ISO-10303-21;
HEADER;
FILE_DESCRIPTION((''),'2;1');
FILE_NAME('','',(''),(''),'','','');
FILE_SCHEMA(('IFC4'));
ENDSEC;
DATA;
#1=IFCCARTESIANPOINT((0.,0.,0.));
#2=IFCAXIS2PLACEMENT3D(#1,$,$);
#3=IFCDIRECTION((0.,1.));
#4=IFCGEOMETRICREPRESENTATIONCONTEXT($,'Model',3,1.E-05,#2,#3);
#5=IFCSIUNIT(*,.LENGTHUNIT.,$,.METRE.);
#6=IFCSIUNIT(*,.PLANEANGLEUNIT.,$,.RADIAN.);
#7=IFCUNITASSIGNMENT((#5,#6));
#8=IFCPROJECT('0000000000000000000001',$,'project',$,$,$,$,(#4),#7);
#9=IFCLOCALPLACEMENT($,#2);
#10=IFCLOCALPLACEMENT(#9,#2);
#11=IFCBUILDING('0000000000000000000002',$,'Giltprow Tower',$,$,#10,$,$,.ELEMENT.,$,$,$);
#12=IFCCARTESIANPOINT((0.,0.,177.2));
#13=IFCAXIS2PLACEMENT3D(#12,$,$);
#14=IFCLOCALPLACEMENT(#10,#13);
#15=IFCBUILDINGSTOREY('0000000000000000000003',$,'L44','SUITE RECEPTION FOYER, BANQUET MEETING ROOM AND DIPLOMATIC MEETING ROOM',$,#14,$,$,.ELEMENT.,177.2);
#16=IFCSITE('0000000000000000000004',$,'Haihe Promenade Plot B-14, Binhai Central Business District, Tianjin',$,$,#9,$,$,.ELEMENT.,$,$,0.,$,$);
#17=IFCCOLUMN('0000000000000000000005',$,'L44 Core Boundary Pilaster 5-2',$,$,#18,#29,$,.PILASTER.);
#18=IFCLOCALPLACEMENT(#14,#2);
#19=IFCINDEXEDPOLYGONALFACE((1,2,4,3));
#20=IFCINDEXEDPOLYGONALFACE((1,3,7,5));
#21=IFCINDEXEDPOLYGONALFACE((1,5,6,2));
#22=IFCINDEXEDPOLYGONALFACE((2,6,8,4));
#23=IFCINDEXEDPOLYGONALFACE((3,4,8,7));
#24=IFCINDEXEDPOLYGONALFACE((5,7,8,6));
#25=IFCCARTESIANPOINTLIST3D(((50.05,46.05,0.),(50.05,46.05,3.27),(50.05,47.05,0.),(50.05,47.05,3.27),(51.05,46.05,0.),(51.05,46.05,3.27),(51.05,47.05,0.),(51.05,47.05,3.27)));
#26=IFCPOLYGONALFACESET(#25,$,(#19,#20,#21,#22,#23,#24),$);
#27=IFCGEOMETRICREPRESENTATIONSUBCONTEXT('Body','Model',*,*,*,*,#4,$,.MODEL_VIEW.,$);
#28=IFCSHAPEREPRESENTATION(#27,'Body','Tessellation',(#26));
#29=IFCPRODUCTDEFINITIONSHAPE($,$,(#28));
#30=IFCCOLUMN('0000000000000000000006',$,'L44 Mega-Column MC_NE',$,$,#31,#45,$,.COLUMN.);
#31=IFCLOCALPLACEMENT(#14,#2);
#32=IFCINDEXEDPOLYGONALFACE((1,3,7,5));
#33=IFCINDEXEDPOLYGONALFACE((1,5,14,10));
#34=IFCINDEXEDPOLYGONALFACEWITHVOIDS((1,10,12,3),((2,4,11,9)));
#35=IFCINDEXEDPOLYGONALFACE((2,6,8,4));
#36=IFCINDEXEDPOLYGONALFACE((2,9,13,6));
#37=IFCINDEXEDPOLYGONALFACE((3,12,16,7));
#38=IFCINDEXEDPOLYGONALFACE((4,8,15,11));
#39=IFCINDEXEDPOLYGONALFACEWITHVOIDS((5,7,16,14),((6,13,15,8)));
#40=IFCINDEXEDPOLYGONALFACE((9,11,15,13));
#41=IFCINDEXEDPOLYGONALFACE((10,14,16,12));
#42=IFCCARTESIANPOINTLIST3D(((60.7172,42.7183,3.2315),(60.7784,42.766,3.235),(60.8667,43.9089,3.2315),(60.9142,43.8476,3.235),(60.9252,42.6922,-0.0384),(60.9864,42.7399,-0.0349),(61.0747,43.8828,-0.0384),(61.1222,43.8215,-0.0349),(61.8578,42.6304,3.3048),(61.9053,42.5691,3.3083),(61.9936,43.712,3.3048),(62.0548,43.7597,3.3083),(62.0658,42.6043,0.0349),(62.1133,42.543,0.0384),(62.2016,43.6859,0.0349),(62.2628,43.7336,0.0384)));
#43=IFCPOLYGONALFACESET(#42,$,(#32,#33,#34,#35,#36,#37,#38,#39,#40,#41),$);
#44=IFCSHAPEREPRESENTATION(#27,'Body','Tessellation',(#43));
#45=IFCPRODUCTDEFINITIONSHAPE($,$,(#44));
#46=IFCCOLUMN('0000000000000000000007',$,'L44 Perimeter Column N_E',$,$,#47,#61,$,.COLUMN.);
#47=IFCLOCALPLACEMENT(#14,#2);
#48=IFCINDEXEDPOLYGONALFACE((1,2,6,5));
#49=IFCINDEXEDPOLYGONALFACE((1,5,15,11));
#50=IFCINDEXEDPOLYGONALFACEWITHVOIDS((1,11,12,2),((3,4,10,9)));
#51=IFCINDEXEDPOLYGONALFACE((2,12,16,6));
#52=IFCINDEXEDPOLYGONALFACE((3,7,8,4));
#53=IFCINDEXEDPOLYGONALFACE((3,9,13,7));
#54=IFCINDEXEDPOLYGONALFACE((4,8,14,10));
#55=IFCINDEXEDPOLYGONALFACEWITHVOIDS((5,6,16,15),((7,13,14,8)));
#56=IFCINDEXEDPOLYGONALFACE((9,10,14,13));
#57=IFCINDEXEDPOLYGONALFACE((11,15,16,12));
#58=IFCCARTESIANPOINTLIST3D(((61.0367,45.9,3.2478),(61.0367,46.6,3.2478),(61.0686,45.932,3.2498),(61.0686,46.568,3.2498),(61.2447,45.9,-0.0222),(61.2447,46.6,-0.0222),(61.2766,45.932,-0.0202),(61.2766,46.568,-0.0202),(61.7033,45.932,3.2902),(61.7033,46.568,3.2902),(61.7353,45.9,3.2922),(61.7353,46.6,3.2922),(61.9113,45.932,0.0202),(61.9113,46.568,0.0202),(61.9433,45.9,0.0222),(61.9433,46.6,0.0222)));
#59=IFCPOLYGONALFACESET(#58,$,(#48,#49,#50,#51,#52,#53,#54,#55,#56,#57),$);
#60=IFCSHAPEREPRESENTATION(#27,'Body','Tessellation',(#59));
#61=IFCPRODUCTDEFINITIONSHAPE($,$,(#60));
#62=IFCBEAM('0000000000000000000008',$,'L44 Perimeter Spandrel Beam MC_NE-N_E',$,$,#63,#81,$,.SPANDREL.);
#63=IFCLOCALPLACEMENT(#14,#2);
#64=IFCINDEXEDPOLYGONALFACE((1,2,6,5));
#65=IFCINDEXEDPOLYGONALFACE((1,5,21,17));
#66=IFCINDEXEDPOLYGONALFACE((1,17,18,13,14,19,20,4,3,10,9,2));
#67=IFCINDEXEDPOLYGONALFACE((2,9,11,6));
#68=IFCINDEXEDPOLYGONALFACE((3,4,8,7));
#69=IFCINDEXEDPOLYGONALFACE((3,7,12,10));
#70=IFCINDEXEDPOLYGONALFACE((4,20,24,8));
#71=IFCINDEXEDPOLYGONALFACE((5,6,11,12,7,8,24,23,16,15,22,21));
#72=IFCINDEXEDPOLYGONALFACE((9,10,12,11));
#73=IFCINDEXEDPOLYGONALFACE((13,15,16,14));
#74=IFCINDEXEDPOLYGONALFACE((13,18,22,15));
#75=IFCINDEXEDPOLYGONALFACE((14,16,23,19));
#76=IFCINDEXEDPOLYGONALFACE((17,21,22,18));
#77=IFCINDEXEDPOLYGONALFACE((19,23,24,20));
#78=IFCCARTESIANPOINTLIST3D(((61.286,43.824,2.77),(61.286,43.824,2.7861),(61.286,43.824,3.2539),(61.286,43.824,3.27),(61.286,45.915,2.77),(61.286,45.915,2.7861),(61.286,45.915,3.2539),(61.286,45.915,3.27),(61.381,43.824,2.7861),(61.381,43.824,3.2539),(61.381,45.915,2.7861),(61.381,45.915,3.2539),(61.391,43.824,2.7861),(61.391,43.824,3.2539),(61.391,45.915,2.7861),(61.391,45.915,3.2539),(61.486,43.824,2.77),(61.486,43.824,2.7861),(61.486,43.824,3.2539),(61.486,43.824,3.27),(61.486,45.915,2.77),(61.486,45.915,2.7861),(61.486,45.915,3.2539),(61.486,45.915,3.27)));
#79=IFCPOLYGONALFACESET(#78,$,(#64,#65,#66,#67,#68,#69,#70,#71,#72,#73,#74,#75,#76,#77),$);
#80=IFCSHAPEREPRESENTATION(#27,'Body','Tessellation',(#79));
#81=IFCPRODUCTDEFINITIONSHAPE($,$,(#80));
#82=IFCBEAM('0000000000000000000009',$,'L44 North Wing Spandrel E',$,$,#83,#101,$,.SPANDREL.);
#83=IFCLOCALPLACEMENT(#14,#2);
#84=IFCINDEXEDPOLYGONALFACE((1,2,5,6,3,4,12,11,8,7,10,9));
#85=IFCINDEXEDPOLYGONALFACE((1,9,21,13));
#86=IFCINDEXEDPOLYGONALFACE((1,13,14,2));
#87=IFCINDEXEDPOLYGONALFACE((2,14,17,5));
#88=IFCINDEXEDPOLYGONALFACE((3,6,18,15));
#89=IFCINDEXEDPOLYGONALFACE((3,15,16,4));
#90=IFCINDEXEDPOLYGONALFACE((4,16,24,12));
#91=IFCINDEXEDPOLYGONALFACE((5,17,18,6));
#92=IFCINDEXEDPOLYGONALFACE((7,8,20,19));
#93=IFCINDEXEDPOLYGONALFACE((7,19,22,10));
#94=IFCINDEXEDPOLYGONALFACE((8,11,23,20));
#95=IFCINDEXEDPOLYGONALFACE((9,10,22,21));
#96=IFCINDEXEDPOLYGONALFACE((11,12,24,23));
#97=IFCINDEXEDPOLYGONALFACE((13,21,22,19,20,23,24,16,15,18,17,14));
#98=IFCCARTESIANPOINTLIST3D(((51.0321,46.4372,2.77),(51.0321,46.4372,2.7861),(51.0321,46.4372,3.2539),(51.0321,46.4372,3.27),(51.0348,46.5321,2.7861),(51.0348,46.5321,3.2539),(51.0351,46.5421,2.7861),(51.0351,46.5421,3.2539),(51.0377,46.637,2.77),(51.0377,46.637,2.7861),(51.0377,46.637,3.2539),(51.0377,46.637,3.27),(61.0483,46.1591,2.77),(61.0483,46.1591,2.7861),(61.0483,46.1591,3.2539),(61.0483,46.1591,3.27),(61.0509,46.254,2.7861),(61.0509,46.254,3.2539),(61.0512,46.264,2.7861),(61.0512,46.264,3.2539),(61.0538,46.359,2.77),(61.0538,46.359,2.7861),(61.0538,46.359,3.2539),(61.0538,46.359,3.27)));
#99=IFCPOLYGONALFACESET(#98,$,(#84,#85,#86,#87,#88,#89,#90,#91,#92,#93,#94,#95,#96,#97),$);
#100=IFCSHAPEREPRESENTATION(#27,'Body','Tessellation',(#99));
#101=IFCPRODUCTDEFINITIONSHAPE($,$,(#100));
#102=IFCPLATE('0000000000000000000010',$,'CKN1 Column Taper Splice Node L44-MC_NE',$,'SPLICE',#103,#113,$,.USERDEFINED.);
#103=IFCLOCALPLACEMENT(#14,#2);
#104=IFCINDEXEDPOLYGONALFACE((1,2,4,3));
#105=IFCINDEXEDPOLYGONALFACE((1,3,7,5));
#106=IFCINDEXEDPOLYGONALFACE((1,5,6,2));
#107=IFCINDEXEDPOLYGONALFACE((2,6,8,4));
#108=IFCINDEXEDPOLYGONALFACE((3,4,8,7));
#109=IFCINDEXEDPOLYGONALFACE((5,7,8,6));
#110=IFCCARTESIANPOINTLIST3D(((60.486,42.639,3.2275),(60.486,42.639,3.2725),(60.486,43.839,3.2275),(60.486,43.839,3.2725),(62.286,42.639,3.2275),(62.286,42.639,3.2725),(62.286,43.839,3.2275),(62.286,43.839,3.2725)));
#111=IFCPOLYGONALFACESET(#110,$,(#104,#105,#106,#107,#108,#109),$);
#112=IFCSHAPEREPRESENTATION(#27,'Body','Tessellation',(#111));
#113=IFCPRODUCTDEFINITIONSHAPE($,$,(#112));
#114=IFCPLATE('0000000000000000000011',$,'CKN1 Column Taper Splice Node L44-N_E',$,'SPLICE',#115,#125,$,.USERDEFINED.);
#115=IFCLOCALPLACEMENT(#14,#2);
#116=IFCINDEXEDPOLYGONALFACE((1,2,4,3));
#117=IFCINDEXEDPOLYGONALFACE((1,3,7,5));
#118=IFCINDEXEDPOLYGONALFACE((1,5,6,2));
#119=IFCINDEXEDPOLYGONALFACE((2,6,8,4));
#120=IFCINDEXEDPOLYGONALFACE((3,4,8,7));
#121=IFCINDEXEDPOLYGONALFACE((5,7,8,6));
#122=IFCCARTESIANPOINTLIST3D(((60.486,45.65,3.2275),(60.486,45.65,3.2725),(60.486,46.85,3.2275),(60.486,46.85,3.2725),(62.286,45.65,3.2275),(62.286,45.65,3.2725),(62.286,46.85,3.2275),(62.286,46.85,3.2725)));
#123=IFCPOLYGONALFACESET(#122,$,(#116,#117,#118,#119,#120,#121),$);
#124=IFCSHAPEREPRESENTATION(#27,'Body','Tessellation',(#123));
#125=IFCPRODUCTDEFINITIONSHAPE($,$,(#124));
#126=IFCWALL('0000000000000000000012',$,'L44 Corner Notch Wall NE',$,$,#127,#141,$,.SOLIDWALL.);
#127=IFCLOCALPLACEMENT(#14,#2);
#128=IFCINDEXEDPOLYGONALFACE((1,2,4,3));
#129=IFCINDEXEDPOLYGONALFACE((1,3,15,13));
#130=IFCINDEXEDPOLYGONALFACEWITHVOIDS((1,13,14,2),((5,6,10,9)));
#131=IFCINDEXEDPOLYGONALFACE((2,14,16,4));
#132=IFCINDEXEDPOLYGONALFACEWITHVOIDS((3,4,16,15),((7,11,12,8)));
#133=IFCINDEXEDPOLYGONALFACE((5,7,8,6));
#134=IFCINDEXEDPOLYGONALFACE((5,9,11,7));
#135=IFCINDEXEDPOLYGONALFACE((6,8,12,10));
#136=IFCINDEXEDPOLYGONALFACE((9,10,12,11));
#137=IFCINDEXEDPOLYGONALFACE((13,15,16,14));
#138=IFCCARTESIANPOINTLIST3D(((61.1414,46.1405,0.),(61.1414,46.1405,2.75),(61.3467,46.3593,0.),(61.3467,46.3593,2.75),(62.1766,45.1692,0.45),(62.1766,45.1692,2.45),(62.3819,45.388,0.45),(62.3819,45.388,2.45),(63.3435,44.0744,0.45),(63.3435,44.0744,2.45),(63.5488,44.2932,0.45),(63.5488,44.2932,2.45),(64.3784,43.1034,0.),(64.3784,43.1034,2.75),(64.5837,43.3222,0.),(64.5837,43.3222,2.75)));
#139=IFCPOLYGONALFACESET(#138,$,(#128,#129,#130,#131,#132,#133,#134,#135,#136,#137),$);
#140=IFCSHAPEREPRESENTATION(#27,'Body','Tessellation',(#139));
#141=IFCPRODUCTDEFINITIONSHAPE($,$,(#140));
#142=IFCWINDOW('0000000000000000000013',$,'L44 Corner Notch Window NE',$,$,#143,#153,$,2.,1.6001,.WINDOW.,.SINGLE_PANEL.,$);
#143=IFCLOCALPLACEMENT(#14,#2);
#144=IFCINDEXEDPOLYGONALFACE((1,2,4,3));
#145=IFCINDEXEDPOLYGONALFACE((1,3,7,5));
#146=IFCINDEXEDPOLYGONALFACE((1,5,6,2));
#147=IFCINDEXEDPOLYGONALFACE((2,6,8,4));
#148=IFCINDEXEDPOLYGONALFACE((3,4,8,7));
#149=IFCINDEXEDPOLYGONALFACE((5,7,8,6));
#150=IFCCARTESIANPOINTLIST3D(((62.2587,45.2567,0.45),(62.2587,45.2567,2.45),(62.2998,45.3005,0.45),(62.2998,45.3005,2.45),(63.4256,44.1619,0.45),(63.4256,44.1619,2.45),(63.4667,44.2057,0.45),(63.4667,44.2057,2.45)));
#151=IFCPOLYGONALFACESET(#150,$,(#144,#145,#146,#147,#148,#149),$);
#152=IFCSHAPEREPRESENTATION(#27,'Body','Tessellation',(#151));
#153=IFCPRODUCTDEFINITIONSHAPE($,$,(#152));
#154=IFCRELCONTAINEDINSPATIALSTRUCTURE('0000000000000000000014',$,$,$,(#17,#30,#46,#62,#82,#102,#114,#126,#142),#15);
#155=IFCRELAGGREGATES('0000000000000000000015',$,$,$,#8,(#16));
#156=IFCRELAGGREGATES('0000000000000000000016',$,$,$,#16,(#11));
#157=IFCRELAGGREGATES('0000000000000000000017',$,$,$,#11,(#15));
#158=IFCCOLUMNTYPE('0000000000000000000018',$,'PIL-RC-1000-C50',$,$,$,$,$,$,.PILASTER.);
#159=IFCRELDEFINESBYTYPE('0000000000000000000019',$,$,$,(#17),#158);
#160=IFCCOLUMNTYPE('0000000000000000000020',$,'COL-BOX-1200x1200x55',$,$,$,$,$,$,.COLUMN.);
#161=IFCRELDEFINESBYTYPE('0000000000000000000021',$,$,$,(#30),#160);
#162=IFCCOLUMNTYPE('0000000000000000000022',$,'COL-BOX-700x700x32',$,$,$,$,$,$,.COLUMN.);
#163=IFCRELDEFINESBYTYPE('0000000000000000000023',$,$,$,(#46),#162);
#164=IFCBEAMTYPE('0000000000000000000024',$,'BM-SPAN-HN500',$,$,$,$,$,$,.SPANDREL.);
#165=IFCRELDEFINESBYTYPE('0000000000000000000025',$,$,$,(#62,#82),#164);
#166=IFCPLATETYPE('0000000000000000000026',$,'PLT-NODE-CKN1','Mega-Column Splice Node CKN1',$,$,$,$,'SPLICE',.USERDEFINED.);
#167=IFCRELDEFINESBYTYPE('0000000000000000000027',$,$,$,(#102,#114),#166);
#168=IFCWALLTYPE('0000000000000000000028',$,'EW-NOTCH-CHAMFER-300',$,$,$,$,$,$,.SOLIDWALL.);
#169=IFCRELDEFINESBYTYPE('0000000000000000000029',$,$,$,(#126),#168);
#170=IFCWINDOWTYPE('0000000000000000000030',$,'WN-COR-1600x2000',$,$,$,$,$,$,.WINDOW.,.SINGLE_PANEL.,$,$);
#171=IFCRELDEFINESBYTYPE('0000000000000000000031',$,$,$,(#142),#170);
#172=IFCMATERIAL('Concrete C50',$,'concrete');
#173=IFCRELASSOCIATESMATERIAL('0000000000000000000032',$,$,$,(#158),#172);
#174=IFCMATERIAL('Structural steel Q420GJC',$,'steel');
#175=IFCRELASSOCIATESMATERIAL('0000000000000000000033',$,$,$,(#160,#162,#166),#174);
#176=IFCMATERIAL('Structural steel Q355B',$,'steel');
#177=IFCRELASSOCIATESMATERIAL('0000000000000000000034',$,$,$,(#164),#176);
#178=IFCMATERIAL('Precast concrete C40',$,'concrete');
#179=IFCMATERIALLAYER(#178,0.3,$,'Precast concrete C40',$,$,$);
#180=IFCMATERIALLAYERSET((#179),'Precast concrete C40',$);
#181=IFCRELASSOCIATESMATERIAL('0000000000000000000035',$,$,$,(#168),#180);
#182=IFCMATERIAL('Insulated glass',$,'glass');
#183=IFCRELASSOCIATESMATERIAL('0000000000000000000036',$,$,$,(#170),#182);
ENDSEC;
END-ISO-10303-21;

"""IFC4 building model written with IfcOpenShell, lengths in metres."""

from ifc_helpers import new_model, si_unit, direction, frame, frame_2d, origin, origin_2d, place, context, subcontext, project, spatial, rectangle, hollow_rectangle, i_section, extrude, source, transform, mapped, material, layer, layer_set, material_profile, profile_set, type_object, element, fill, save


model = new_model("IFC4")

# Units and contexts
model_context = context("Model", 3, precision=1e-05, world=origin(), true_north=direction((0.0, 1.0)))
body_context = subcontext(model_context, "Body", "Model", "MODEL_VIEW")
ifc_project = project(units=[si_unit("LENGTHUNIT", "METRE"), si_unit("PLANEANGLEUNIT", "RADIAN")], contexts=[model_context])

# Site, building, storey
site_placement = place(None, origin())
site = spatial("IfcSite", under=ifc_project, at=site_placement, Name="Haihe Promenade Plot B-14, Binhai Central Business District, Tianjin", CompositionType="ELEMENT", RefElevation=0.0)
building_placement = place(site_placement, origin())
building = spatial("IfcBuilding", under=site, at=building_placement, Name="Giltprow Tower", CompositionType="ELEMENT")
storey_placement = place(building_placement, frame((0.0, 0.0, 177.2)))
storey = spatial("IfcBuildingStorey", under=building, at=storey_placement, Name="L44", Description="SUITE RECEPTION FOYER, BANQUET MEETING ROOM AND DIPLOMATIC MEETING ROOM", CompositionType="ELEMENT", Elevation=177.2)

# Columns
ifc_material_1 = material(Name="Concrete C50", Category="concrete")
ifc_material_profile_1 = material_profile(ifc_material_1, rectangle(XDim=1.0, YDim=1.0, at=origin_2d()), Name="RC 1000x1000")
ifc_profile_set_1 = profile_set([ifc_material_profile_1], Name="Concrete C50")
column_type_1 = type_object("IfcColumnType", Name="PIL-RC-1000-C50", PredefinedType="PILASTER", material=ifc_profile_set_1)
shared_shape_1 = source(origin(), body_context, "Body", "SweptSolid", [
    extrude(rectangle(XDim=1.0, YDim=1.0, at=origin_2d()), origin(), (0.0, 0.0, 1.0), 3.27),
])
column_1_placement = place(storey_placement, frame((50.55, 46.55, 0.0), z_axis=(0.0, 0.0, 1.0), x_axis=(1.0, 0.0, 0.0)))
element("IfcColumn", 1, at=column_1_placement, inside=storey, type_object=column_type_1, Name="L44 Core Boundary Pilaster 5-2", PredefinedType="PILASTER", context=body_context, shape_type="MappedRepresentation", body=[
    mapped(shared_shape_1, transform((0.0, 0.0, 0.0), x_axis=(1.0, 0.0, 0.0), y_axis=(0.0, 1.0, 0.0), z_axis=(0.0, 0.0, 1.0), scale=1.0)),
])
ifc_material_2 = material(Name="Structural steel Q420GJC", Category="steel")
ifc_material_profile_2 = material_profile(ifc_material_2, hollow_rectangle(XDim=1.2, YDim=1.2, WallThickness=0.0549, at=origin_2d()), Name="BOX 1200x1200x55")
ifc_profile_set_2 = profile_set([ifc_material_profile_2], Name="Structural steel Q420GJC")
column_type_2 = type_object("IfcColumnType", Name="COL-BOX-1200x1200x55", PredefinedType="COLUMN", material=ifc_profile_set_2)
shared_shape_2 = source(origin(), body_context, "Body", "SweptSolid", [
    extrude(hollow_rectangle(XDim=1.2, YDim=1.2, WallThickness=0.0549, at=origin_2d()), origin(), (0.0, 0.0, 1.0), 3.2766),
])
column_2_placement = place(storey_placement, frame((61.594, 43.2129, 0.0), z_axis=(-0.06348, 0.007972, 0.997951), x_axis=(-0.124608, -0.992206, 0.0)))
element("IfcColumn", 2, at=column_2_placement, inside=storey, type_object=column_type_2, Name="L44 Mega-Column MC_NE", PredefinedType="COLUMN", context=body_context, shape_type="MappedRepresentation", body=[
    mapped(shared_shape_2, transform((0.0, 0.0, 0.0), x_axis=(1.0, 0.0, 0.0), y_axis=(0.0, 1.0, 0.0), z_axis=(0.0, 0.0, 1.0), scale=1.0)),
])
ifc_material_profile_3 = material_profile(ifc_material_2, hollow_rectangle(XDim=0.7, YDim=0.7, WallThickness=0.032, at=origin_2d()), Name="BOX 700x700x32")
ifc_profile_set_3 = profile_set([ifc_material_profile_3], Name="Structural steel Q420GJC")
column_type_3 = type_object("IfcColumnType", Name="COL-BOX-700x700x32", PredefinedType="COLUMN", material=ifc_profile_set_3)
shared_shape_3 = source(origin(), body_context, "Body", "SweptSolid", [
    extrude(hollow_rectangle(XDim=0.7, YDim=0.7, WallThickness=0.032, at=origin_2d()), origin(), (0.0, 0.0, 1.0), 3.2766),
])
column_3_placement = place(storey_placement, frame((61.594, 46.25, 0.0), z_axis=(-0.063482, 0.0, 0.997983), x_axis=(0.0, -1.0, 0.0)))
element("IfcColumn", 3, at=column_3_placement, inside=storey, type_object=column_type_3, Name="L44 Perimeter Column N_E", PredefinedType="COLUMN", context=body_context, shape_type="MappedRepresentation", body=[
    mapped(shared_shape_3, transform((0.0, 0.0, 0.0), x_axis=(1.0, 0.0, 0.0), y_axis=(0.0, 1.0, 0.0), z_axis=(0.0, 0.0, 1.0), scale=1.0)),
])

# Beams
ifc_material_3 = material(Name="Structural steel Q355B", Category="steel")
ifc_material_profile_4 = material_profile(ifc_material_3, i_section(OverallWidth=0.2, OverallDepth=0.5, WebThickness=0.01, FlangeThickness=0.0161, at=origin_2d()), Name="HN 500x200x10x16")
ifc_profile_set_4 = profile_set([ifc_material_profile_4], Name="Structural steel Q355B")
beam_type = type_object("IfcBeamType", Name="BM-SPAN-HN500", PredefinedType="SPANDREL", material=ifc_profile_set_4)
shared_shape_4 = source(origin(), body_context, "Body", "SweptSolid", [
    extrude(i_section(OverallWidth=0.2, OverallDepth=0.5, WebThickness=0.01, FlangeThickness=0.0161, at=origin_2d()), origin(), (0.0, 0.0, 1.0), 2.0911),
])
beam_1_placement = place(storey_placement, frame((61.386, 43.824, 3.02), z_axis=(0.0, 1.0, 0.0), x_axis=(-1.0, 0.0, 0.0)))
element("IfcBeam", 4, at=beam_1_placement, inside=storey, type_object=beam_type, Name="L44 Perimeter Spandrel Beam MC_NE-N_E", PredefinedType="SPANDREL", context=body_context, shape_type="MappedRepresentation", body=[
    mapped(shared_shape_4, transform((0.0, 0.0, 0.0), x_axis=(1.0, 0.0, 0.0), y_axis=(0.0, 1.0, 0.0), z_axis=(0.0, 0.0, 1.0), scale=1.0)),
])
shared_shape_5 = source(origin(), body_context, "Body", "SweptSolid", [
    extrude(i_section(OverallWidth=0.2, OverallDepth=0.5, WebThickness=0.01, FlangeThickness=0.0161, at=origin_2d()), origin(), (0.0, 0.0, 1.0), 10.02),
])
beam_2_placement = place(storey_placement, frame((51.0349, 46.5371, 3.02), z_axis=(0.999615, -0.027752, 0.0), x_axis=(0.027752, 0.999615, 0.0)))
element("IfcBeam", 5, at=beam_2_placement, inside=storey, type_object=beam_type, Name="L44 North Wing Spandrel E", PredefinedType="SPANDREL", context=body_context, shape_type="MappedRepresentation", body=[
    mapped(shared_shape_5, transform((0.0, 0.0, 0.0), x_axis=(1.0, 0.0, 0.0), y_axis=(0.0, 1.0, 0.0), z_axis=(0.0, 0.0, 1.0), scale=1.0)),
])

# Plates
plate_type = type_object("IfcPlateType", Name="PLT-NODE-CKN1", Description="Mega-Column Splice Node CKN1", ElementType="SPLICE", PredefinedType="USERDEFINED", material=ifc_material_2)
shared_shape_6 = source(origin(), body_context, "Body", "SweptSolid", [
    extrude(rectangle(XDim=1.8, YDim=1.2, at=origin_2d()), origin(), (0.0, 0.0, 1.0), 0.0449),
])
for number, where, z_axis, x_axis, name in (
    (6, (61.386, 43.239, 3.2275), (0.0, 0.0, 1.0), (1.0, 0.0, 0.0), "CKN1 Column Taper Splice Node L44-MC_NE"),
    (7, (61.386, 46.25, 3.2275), (0.0, 0.0, 1.0), (1.0, 0.0, 0.0), "CKN1 Column Taper Splice Node L44-N_E"),
):
    element("IfcPlate", number, at=place(storey_placement, frame(where, z_axis=z_axis, x_axis=x_axis)), inside=storey, type_object=plate_type, Name=name, ObjectType="SPLICE", PredefinedType="USERDEFINED", context=body_context, shape_type="MappedRepresentation", body=[
        mapped(shared_shape_6, transform((0.0, 0.0, 0.0), x_axis=(1.0, 0.0, 0.0), y_axis=(0.0, 1.0, 0.0), z_axis=(0.0, 0.0, 1.0), scale=1.0)),
    ])

# Wall, opening, window
ifc_material_4 = material(Name="Precast concrete C40", Category="concrete")
ifc_layer_1 = layer(ifc_material_4, 0.3, Name="Precast concrete C40")
ifc_layer_set_1 = layer_set([ifc_layer_1], Name="Precast concrete C40")
wall_type_1 = type_object("IfcWallType", Name="EW-NOTCH-CHAMFER-300", PredefinedType="SOLIDWALL", material=ifc_layer_set_1)
wall_1_placement = place(storey_placement, frame((64.481, 43.2129, 0.0), z_axis=(0.0, 0.0, 1.0), x_axis=(-0.729271, 0.684225, 0.0)))
wall_1 = element("IfcWall", 8, at=wall_1_placement, inside=storey, type_object=wall_type_1, Name="L44 Corner Notch Wall NE", PredefinedType="SOLIDWALL", context=body_context, shape_type="SweptSolid", body=[
    extrude(rectangle(XDim=4.4387, YDim=0.3, at=frame_2d((2.2192, 0.0))), origin(), (0.0, 0.0, 1.0), 2.75),
])
opening_1_placement = place(wall_1_placement, frame((1.4189, 0.0, 0.45)))
opening_1 = element("IfcOpeningElement", 9, at=opening_1_placement, cuts=wall_1, PredefinedType="OPENING", context=body_context, shape_type="SweptSolid", body=[
    extrude(rectangle(XDim=1.6001, YDim=2.0, at=frame_2d((0.8, 1.0))), frame((0.0, 0.1599, 0.0), z_axis=(0.0, -1.0, 0.0), x_axis=(1.0, 0.0, 0.0)), (0.0, 0.0, 1.0), 0.3201),
])
ifc_material_5 = material(Name="Insulated glass", Category="glass")
window_type = type_object("IfcWindowType", Name="WN-COR-1600x2000", PartitioningType="SINGLE_PANEL", PredefinedType="WINDOW", material=ifc_material_5)
shared_shape_7 = source(origin(), body_context, "Body", "SweptSolid", [
    extrude(rectangle(XDim=1.6001, YDim=2.0, at=frame_2d((0.8, 1.0))), frame((0.0, 0.03, 0.0), z_axis=(0.0, -1.0, 0.0), x_axis=(1.0, 0.0, 0.0)), (0.0, 0.0, 1.0), 0.0601),
])
window_1_placement = place(opening_1_placement, origin())
window_1 = element("IfcWindow", 10, at=window_1_placement, inside=storey, type_object=window_type, Name="L44 Corner Notch Window NE", OverallHeight=2.0, OverallWidth=1.6001, PartitioningType="SINGLE_PANEL", PredefinedType="WINDOW", context=body_context, shape_type="MappedRepresentation", body=[
    mapped(shared_shape_7, transform((0.0, 0.0, 0.0), x_axis=(1.0, 0.0, 0.0), y_axis=(0.0, 1.0, 0.0), z_axis=(0.0, 0.0, 1.0), scale=1.0)),
])
fill(opening_1, window_1)

save(model, "model.ifc")
